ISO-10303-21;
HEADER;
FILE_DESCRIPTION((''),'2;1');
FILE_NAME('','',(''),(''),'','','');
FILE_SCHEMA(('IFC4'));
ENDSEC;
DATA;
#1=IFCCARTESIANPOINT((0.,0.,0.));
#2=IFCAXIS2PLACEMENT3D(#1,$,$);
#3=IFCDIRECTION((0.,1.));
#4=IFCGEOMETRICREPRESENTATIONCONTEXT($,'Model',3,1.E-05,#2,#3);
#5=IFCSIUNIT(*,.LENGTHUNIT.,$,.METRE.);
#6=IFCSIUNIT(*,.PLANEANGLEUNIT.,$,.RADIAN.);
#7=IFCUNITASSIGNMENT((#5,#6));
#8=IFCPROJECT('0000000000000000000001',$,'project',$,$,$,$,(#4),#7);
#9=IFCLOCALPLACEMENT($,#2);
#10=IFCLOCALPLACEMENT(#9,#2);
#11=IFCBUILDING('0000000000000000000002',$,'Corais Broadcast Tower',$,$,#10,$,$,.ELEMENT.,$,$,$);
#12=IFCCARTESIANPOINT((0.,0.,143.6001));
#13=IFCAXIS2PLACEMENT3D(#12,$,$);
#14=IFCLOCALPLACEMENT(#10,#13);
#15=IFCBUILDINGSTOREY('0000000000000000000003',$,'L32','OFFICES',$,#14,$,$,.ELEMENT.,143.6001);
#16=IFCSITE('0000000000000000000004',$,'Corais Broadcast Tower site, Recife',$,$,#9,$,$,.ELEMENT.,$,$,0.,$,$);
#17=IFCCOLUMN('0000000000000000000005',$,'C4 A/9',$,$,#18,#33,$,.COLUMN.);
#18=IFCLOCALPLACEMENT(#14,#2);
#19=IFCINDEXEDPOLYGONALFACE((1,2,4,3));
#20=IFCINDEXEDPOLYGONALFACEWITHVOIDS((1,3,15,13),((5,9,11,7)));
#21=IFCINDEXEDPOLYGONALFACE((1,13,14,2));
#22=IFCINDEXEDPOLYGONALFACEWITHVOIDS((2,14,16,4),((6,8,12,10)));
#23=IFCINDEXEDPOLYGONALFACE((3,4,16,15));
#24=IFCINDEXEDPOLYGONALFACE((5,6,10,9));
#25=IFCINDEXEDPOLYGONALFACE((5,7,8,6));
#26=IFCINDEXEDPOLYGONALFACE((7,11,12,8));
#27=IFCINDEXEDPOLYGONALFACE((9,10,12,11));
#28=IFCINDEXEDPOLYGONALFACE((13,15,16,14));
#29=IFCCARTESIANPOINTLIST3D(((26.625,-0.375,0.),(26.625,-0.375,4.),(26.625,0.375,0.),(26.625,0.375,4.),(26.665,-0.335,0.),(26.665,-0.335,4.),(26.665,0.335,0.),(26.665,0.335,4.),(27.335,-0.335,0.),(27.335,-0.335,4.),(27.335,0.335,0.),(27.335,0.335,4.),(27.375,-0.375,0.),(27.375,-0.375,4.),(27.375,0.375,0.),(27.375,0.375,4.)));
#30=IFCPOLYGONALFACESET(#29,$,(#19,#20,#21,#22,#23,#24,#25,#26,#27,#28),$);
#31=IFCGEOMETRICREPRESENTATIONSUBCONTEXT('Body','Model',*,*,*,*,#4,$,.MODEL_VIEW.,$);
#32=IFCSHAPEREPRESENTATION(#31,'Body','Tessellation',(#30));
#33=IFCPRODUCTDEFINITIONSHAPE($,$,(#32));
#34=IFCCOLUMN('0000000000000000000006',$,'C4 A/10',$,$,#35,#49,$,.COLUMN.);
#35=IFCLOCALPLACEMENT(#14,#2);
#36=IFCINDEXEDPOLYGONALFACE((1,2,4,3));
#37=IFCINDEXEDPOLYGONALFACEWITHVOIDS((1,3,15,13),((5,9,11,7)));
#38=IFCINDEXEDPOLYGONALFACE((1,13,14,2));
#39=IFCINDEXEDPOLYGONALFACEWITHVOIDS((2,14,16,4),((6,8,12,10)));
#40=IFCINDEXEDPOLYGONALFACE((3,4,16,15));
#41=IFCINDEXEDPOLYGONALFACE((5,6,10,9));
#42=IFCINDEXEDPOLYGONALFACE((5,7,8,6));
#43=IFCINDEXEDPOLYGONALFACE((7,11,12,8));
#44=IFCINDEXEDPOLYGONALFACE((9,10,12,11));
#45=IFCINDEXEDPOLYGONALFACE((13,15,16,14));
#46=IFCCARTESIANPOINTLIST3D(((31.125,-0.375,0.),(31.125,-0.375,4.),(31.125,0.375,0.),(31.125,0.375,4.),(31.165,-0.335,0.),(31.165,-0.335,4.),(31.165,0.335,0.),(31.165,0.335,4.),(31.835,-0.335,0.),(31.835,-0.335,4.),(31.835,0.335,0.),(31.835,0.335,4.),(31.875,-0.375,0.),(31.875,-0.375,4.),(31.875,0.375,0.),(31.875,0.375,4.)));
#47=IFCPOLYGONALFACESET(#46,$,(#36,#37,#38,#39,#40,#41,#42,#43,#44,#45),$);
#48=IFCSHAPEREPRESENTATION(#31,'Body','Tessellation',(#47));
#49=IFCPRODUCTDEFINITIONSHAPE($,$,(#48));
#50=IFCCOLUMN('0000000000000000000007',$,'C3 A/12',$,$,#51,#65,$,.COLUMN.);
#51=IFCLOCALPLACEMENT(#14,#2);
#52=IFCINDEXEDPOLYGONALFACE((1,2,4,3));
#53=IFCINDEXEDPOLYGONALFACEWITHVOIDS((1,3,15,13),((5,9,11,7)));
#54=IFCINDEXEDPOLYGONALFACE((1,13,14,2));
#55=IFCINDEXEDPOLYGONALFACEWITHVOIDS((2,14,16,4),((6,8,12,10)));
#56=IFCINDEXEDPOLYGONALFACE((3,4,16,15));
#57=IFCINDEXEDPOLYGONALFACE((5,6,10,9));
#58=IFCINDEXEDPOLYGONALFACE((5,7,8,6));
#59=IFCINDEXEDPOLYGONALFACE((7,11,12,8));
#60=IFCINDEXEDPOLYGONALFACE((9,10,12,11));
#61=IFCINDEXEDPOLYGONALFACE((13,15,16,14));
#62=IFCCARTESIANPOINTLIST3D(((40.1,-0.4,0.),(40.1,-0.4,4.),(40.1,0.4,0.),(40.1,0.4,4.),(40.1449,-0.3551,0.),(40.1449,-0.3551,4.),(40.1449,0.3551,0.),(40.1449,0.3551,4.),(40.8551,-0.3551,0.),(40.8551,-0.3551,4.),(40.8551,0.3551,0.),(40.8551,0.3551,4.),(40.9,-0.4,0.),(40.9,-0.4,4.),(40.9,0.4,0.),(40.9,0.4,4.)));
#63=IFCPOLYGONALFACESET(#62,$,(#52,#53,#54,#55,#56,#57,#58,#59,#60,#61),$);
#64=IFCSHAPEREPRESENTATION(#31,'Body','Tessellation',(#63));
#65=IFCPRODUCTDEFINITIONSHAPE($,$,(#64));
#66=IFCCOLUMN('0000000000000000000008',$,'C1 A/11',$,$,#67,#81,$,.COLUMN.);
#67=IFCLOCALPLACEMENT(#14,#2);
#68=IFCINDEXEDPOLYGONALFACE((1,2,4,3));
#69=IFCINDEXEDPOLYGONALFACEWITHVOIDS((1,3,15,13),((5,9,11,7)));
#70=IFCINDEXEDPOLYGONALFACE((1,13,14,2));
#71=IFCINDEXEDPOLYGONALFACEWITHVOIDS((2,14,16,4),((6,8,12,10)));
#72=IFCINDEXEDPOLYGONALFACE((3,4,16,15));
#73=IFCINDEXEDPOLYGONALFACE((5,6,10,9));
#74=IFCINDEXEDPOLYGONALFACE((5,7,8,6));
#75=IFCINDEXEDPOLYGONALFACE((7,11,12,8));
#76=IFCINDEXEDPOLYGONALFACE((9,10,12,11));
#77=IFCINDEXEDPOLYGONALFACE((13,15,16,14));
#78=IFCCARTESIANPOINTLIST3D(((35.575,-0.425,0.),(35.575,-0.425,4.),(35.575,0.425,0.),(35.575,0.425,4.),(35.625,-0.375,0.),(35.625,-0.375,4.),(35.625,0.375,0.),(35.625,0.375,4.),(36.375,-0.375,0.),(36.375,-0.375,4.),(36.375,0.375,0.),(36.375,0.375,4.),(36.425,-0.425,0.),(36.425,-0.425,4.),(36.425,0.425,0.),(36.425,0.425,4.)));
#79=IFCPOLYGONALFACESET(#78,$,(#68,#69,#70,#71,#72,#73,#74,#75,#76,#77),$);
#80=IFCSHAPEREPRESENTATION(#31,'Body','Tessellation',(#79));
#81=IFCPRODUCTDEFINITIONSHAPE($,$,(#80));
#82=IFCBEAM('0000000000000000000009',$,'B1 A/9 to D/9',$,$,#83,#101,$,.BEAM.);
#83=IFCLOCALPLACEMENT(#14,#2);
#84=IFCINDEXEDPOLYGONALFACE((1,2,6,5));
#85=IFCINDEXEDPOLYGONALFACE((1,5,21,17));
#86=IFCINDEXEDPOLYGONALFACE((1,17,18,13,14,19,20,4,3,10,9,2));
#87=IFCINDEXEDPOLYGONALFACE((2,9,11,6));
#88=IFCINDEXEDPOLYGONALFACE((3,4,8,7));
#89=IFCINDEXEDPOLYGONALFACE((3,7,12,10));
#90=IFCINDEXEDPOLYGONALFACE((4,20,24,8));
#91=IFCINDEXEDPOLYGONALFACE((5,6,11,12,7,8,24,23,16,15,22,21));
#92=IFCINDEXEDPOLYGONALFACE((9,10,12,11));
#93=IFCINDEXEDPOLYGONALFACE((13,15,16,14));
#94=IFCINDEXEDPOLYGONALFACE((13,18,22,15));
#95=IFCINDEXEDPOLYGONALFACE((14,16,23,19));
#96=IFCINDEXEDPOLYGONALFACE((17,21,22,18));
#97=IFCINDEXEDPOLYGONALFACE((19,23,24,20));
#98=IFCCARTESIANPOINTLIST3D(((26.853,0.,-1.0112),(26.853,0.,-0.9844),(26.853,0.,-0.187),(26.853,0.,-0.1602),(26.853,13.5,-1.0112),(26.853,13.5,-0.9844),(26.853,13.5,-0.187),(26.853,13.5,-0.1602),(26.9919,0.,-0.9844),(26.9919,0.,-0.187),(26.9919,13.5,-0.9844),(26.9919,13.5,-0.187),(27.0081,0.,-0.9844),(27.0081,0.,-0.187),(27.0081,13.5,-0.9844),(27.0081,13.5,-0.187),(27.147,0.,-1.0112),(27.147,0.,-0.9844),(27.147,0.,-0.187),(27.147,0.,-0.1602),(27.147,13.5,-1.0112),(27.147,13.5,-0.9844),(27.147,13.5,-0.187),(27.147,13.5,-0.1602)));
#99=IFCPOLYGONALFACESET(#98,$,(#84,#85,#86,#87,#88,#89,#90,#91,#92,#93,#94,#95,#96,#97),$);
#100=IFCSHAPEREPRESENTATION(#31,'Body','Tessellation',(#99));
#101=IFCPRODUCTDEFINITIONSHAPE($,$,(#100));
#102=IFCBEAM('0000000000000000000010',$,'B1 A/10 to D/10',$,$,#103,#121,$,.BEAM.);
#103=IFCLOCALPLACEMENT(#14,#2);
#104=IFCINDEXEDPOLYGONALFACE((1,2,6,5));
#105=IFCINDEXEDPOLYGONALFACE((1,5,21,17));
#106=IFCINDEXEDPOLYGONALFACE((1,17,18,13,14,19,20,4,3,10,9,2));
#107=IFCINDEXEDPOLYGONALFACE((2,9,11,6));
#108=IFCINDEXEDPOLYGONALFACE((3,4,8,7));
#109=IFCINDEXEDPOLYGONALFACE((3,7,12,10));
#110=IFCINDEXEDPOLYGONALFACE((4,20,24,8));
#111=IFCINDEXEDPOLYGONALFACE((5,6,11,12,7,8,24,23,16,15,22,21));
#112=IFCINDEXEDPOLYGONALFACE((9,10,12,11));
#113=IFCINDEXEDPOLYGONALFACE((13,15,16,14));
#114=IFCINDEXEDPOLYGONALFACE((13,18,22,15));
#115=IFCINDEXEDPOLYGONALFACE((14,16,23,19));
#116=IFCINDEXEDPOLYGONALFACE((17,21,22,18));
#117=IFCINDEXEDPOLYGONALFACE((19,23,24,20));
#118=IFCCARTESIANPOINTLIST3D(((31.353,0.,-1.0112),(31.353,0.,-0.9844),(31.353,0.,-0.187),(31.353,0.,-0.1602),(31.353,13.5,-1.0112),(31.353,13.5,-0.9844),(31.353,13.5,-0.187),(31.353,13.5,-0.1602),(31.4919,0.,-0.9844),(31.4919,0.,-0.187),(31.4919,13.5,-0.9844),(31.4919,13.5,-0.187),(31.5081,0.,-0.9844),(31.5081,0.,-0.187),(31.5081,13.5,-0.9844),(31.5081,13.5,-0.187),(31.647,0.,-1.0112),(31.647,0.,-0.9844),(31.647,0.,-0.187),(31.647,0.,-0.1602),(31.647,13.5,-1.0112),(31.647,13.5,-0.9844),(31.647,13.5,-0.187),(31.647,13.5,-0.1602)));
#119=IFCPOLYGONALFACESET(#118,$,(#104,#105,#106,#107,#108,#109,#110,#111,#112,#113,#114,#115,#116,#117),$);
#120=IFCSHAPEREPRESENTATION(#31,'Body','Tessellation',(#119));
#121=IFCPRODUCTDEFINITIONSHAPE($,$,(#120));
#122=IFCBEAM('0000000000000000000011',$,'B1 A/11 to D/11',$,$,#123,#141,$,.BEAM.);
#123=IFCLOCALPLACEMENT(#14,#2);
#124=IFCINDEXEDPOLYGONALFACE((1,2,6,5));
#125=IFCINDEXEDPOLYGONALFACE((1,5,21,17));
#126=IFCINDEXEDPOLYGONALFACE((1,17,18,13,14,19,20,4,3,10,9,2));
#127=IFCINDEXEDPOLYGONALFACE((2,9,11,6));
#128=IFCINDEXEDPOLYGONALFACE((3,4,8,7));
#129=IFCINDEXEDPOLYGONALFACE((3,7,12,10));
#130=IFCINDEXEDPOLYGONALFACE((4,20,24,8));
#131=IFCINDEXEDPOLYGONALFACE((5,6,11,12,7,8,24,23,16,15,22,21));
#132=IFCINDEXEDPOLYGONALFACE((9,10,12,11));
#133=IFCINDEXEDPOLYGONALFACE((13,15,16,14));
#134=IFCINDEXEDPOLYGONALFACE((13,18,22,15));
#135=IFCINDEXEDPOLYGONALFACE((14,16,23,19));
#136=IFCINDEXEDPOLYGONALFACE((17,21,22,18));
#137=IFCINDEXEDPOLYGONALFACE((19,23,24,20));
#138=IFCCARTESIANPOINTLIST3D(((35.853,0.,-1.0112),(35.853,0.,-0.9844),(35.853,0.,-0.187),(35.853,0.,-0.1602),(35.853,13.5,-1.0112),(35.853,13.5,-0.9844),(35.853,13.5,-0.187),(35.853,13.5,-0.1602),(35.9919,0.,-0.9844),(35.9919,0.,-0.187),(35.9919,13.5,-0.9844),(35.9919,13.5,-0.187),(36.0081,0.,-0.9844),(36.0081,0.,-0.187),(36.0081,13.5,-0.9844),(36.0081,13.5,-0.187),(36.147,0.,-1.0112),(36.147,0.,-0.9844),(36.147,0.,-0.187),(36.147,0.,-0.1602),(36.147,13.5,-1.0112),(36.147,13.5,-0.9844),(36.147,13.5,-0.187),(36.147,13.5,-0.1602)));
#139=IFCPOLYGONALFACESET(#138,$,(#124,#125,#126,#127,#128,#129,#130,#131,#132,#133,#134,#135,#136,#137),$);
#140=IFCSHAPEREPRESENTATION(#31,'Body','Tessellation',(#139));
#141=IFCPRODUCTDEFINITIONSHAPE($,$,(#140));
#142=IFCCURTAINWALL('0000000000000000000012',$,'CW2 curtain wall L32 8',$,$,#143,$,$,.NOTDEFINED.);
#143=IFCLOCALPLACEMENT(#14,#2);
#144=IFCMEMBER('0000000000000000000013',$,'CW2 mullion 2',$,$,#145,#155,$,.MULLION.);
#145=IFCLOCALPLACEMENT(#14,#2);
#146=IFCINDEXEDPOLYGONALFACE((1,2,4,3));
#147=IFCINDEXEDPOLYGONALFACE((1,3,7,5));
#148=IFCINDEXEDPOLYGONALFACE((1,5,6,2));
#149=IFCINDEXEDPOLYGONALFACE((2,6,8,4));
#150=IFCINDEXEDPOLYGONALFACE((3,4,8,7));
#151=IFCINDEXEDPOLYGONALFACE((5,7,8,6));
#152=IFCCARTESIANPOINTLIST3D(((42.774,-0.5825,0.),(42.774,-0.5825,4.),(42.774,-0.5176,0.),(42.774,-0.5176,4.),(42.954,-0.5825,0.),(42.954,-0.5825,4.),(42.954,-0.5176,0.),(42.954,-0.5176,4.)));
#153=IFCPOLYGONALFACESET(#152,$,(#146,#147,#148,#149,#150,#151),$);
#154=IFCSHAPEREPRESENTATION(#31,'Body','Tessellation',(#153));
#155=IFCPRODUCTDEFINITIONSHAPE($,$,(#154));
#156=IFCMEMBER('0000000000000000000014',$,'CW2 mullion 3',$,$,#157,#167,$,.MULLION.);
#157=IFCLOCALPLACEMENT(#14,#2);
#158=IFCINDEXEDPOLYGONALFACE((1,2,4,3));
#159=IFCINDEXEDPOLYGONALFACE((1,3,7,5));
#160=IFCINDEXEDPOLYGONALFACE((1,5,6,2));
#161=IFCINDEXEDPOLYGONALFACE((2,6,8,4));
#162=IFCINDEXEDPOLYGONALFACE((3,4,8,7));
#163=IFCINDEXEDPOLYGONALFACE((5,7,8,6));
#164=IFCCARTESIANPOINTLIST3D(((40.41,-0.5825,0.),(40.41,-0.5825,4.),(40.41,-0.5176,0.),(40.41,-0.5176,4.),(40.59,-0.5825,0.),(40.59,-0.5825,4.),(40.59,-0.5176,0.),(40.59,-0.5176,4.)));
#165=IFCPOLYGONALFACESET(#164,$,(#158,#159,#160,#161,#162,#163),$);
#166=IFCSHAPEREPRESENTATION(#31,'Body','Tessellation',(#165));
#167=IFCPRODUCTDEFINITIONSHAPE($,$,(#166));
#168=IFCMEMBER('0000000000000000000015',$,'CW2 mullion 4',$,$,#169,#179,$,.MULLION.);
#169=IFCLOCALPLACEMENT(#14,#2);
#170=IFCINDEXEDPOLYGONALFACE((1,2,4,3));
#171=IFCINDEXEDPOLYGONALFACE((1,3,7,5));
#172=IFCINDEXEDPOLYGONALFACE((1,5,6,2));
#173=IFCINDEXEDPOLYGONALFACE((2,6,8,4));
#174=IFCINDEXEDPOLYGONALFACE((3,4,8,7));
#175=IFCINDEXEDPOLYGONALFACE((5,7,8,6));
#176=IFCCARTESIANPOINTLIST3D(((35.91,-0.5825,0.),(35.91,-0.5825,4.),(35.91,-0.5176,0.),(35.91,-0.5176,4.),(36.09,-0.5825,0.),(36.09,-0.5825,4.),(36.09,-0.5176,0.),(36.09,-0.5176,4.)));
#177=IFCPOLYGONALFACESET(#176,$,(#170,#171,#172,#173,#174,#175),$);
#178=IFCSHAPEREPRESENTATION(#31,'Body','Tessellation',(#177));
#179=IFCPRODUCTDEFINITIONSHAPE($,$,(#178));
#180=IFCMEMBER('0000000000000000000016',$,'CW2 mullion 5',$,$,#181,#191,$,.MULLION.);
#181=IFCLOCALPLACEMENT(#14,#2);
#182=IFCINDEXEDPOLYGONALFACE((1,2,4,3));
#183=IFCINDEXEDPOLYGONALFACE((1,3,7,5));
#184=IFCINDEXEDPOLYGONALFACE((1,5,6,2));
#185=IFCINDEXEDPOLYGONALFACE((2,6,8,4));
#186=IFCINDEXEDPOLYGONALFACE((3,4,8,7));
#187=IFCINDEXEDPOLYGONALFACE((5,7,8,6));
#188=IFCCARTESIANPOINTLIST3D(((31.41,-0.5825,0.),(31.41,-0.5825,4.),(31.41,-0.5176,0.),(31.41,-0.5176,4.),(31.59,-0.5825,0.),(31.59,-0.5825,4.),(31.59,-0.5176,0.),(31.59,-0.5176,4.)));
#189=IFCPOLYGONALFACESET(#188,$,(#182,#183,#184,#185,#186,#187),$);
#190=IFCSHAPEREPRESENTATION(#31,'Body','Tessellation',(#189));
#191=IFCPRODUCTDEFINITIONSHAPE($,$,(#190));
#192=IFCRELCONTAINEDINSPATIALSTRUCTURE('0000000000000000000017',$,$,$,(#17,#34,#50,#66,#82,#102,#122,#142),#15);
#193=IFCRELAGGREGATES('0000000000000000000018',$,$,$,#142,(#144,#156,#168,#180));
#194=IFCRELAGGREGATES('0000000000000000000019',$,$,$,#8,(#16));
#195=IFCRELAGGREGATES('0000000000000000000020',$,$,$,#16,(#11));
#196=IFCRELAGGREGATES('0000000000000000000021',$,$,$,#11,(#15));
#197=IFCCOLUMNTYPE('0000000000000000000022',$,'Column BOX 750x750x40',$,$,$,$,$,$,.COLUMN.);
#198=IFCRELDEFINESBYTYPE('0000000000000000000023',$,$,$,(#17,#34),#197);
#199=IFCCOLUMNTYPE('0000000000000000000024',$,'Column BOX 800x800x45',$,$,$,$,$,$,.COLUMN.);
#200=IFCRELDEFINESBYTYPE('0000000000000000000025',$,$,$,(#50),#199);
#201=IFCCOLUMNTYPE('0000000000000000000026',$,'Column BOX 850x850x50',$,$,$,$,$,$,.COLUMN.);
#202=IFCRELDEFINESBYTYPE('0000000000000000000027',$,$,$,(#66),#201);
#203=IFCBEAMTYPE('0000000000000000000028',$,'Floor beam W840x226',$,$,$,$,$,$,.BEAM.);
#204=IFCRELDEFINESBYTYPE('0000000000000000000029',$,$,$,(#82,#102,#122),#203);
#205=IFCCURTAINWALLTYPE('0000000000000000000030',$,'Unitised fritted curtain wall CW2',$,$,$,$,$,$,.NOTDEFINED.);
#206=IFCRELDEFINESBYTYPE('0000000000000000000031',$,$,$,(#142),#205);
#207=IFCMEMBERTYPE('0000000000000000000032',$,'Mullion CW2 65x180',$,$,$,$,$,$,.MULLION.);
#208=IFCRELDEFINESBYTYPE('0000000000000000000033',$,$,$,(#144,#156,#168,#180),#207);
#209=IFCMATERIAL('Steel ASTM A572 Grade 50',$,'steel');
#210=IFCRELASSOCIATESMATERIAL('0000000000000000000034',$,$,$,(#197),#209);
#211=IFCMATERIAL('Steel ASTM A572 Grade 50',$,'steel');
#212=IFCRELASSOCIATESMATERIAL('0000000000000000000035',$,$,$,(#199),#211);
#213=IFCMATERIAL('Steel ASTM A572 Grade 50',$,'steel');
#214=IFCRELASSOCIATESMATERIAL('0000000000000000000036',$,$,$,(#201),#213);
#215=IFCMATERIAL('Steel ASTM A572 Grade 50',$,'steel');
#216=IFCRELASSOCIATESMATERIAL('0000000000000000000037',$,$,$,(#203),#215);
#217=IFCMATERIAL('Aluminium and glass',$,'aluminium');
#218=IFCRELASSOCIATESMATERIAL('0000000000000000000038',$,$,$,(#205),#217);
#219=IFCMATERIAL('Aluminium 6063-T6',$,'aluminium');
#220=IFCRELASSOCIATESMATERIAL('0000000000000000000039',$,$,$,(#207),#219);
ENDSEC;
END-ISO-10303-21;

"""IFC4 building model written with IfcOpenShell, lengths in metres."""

from ifc_helpers import new_model, si_unit, direction, frame, origin, origin_2d, place, context, subcontext, project, spatial, rectangle, hollow_rectangle, i_section, extrude, material, material_profile, profile_set, type_object, element, aggregate, save


model = new_model("IFC4")

# Units and contexts
model_context = context("Model", 3, precision=1e-05, world=origin(), true_north=direction((0.0, 1.0)))
body_context = subcontext(model_context, "Body", "Model", "MODEL_VIEW")
ifc_project = project(units=[si_unit("LENGTHUNIT", "METRE"), si_unit("PLANEANGLEUNIT", "RADIAN")], contexts=[model_context])

# Site, building, storey
site_placement = place(None, origin())
site = spatial("IfcSite", under=ifc_project, at=site_placement, Name="Corais Broadcast Tower site, Recife", CompositionType="ELEMENT", RefElevation=0.0)
building_placement = place(site_placement, origin())
building = spatial("IfcBuilding", under=site, at=building_placement, Name="Corais Broadcast Tower", CompositionType="ELEMENT")
storey_placement = place(building_placement, frame((0.0, 0.0, 143.6001)))
storey = spatial("IfcBuildingStorey", under=building, at=storey_placement, Name="L32", Description="OFFICES", CompositionType="ELEMENT", Elevation=143.6001)

# Columns
ifc_material_1 = material(Name="Steel ASTM A572 Grade 50", Category="steel")
ifc_material_profile_1 = material_profile(ifc_material_1, hollow_rectangle(XDim=0.75, YDim=0.75, WallThickness=0.04, at=origin_2d()), Name="BOX 750x750x40")
ifc_profile_set_1 = profile_set([ifc_material_profile_1], Name="Steel ASTM A572 Grade 50")
column_type_1 = type_object("IfcColumnType", Name="Column BOX 750x750x40", PredefinedType="COLUMN", material=ifc_profile_set_1)
for number, where, z_axis, x_axis, name in (
    (1, (27.0, 0.0, 0.0), (0.0, 0.0, 1.0), (1.0, 0.0, 0.0), "C4 A/9"),
    (2, (31.5, 0.0, 0.0), (0.0, 0.0, 1.0), (1.0, 0.0, 0.0), "C4 A/10"),
):
    element("IfcColumn", number, at=place(storey_placement, frame(where, z_axis=z_axis, x_axis=x_axis)), inside=storey, type_object=column_type_1, Name=name, PredefinedType="COLUMN", context=body_context, shape_type="SweptSolid", body=[
        extrude(hollow_rectangle(XDim=0.75, YDim=0.75, WallThickness=0.04, at=origin_2d()), origin(), (0.0, 0.0, 1.0), 4.0),
    ])
ifc_material_2 = material(Name="Steel ASTM A572 Grade 50", Category="steel")
ifc_material_profile_2 = material_profile(ifc_material_2, hollow_rectangle(XDim=0.8, YDim=0.8, WallThickness=0.0449, at=origin_2d()), Name="BOX 800x800x45")
ifc_profile_set_2 = profile_set([ifc_material_profile_2], Name="Steel ASTM A572 Grade 50")
column_type_2 = type_object("IfcColumnType", Name="Column BOX 800x800x45", PredefinedType="COLUMN", material=ifc_profile_set_2)
column_1_placement = place(storey_placement, frame((40.5, 0.0, 0.0), z_axis=(0.0, 0.0, 1.0), x_axis=(1.0, 0.0, 0.0)))
element("IfcColumn", 3, at=column_1_placement, inside=storey, type_object=column_type_2, Name="C3 A/12", PredefinedType="COLUMN", context=body_context, shape_type="SweptSolid", body=[
    extrude(hollow_rectangle(XDim=0.8, YDim=0.8, WallThickness=0.0449, at=origin_2d()), origin(), (0.0, 0.0, 1.0), 4.0),
])
ifc_material_3 = material(Name="Steel ASTM A572 Grade 50", Category="steel")
ifc_material_profile_3 = material_profile(ifc_material_3, hollow_rectangle(XDim=0.8501, YDim=0.8501, WallThickness=0.05, at=origin_2d()), Name="BOX 850x850x50")
ifc_profile_set_3 = profile_set([ifc_material_profile_3], Name="Steel ASTM A572 Grade 50")
column_type_3 = type_object("IfcColumnType", Name="Column BOX 850x850x50", PredefinedType="COLUMN", material=ifc_profile_set_3)
column_2_placement = place(storey_placement, frame((36.0, 0.0, 0.0), z_axis=(0.0, 0.0, 1.0), x_axis=(1.0, 0.0, 0.0)))
element("IfcColumn", 4, at=column_2_placement, inside=storey, type_object=column_type_3, Name="C1 A/11", PredefinedType="COLUMN", context=body_context, shape_type="SweptSolid", body=[
    extrude(hollow_rectangle(XDim=0.8501, YDim=0.8501, WallThickness=0.05, at=origin_2d()), origin(), (0.0, 0.0, 1.0), 4.0),
])

# Beams
ifc_material_4 = material(Name="Steel ASTM A572 Grade 50", Category="steel")
ifc_material_profile_4 = material_profile(ifc_material_4, i_section(OverallWidth=0.2939, OverallDepth=0.8511, WebThickness=0.0161, FlangeThickness=0.0269, at=origin_2d()), Name="W840x226")
ifc_profile_set_4 = profile_set([ifc_material_profile_4], Name="Steel ASTM A572 Grade 50")
beam_type_1 = type_object("IfcBeamType", Name="Floor beam W840x226", PredefinedType="BEAM", material=ifc_profile_set_4)
for number, where, z_axis, x_axis, name in (
    (5, (27.0, 0.0, -0.5857), (0.0, 1.0, 0.0), (-1.0, 0.0, 0.0), "B1 A/9 to D/9"),
    (6, (31.5, 0.0, -0.5857), (0.0, 1.0, 0.0), (-1.0, 0.0, 0.0), "B1 A/10 to D/10"),
    (7, (36.0, 0.0, -0.5857), (0.0, 1.0, 0.0), (-1.0, 0.0, 0.0), "B1 A/11 to D/11"),
):
    element("IfcBeam", number, at=place(storey_placement, frame(where, z_axis=z_axis, x_axis=x_axis)), inside=storey, type_object=beam_type_1, Name=name, PredefinedType="BEAM", context=body_context, shape_type="SweptSolid", body=[
        extrude(i_section(OverallWidth=0.2939, OverallDepth=0.8511, WebThickness=0.0161, FlangeThickness=0.0269, at=origin_2d()), origin(), (0.0, 0.0, 1.0), 13.5),
    ])

# Curtain wall, members
ifc_material_5 = material(Name="Aluminium and glass", Category="aluminium")
curtain_wall_type = type_object("IfcCurtainWallType", Name="Unitised fritted curtain wall CW2", PredefinedType="NOTDEFINED", material=ifc_material_5)
curtain_wall_placement = place(storey_placement, origin())
curtain_wall = element("IfcCurtainWall", 8, at=curtain_wall_placement, inside=storey, type_object=curtain_wall_type, Name="CW2 curtain wall L32 8", PredefinedType="NOTDEFINED")
ifc_material_6 = material(Name="Aluminium 6063-T6", Category="aluminium")
ifc_material_profile_5 = material_profile(ifc_material_6, rectangle(XDim=0.0649, YDim=0.1799, at=origin_2d()), Name="Mullion CW2 65x180")
ifc_profile_set_5 = profile_set([ifc_material_profile_5], Name="Aluminium 6063-T6")
member_type_1 = type_object("IfcMemberType", Name="Mullion CW2 65x180", PredefinedType="MULLION", material=ifc_profile_set_5)
member_1_placement = place(storey_placement, frame((42.864, -0.55, 0.0), z_axis=(0.0, 0.0, 1.0), x_axis=(0.0, -1.0, 0.0)))
member_1 = element("IfcMember", 9, at=member_1_placement, type_object=member_type_1, Name="CW2 mullion 2", PredefinedType="MULLION", context=body_context, shape_type="SweptSolid", body=[
    extrude(rectangle(XDim=0.0649, YDim=0.1799, at=origin_2d()), origin(), (0.0, 0.0, 1.0), 4.0),
])
member_2_placement = place(storey_placement, frame((40.5, -0.55, 0.0), z_axis=(0.0, 0.0, 1.0), x_axis=(0.0, -1.0, 0.0)))
member_2 = element("IfcMember", 10, at=member_2_placement, type_object=member_type_1, Name="CW2 mullion 3", PredefinedType="MULLION", context=body_context, shape_type="SweptSolid", body=[
    extrude(rectangle(XDim=0.0649, YDim=0.1799, at=origin_2d()), origin(), (0.0, 0.0, 1.0), 4.0),
])
member_3_placement = place(storey_placement, frame((36.0, -0.55, 0.0), z_axis=(0.0, 0.0, 1.0), x_axis=(0.0, -1.0, 0.0)))
member_3 = element("IfcMember", 11, at=member_3_placement, type_object=member_type_1, Name="CW2 mullion 4", PredefinedType="MULLION", context=body_context, shape_type="SweptSolid", body=[
    extrude(rectangle(XDim=0.0649, YDim=0.1799, at=origin_2d()), origin(), (0.0, 0.0, 1.0), 4.0),
])
member_4_placement = place(storey_placement, frame((31.5, -0.55, 0.0), z_axis=(0.0, 0.0, 1.0), x_axis=(0.0, -1.0, 0.0)))
member_4 = element("IfcMember", 12, at=member_4_placement, type_object=member_type_1, Name="CW2 mullion 5", PredefinedType="MULLION", context=body_context, shape_type="SweptSolid", body=[
    extrude(rectangle(XDim=0.0649, YDim=0.1799, at=origin_2d()), origin(), (0.0, 0.0, 1.0), 4.0),
])

aggregate(curtain_wall, [member_1, member_2, member_3, member_4])

save(model, "model.ifc")
